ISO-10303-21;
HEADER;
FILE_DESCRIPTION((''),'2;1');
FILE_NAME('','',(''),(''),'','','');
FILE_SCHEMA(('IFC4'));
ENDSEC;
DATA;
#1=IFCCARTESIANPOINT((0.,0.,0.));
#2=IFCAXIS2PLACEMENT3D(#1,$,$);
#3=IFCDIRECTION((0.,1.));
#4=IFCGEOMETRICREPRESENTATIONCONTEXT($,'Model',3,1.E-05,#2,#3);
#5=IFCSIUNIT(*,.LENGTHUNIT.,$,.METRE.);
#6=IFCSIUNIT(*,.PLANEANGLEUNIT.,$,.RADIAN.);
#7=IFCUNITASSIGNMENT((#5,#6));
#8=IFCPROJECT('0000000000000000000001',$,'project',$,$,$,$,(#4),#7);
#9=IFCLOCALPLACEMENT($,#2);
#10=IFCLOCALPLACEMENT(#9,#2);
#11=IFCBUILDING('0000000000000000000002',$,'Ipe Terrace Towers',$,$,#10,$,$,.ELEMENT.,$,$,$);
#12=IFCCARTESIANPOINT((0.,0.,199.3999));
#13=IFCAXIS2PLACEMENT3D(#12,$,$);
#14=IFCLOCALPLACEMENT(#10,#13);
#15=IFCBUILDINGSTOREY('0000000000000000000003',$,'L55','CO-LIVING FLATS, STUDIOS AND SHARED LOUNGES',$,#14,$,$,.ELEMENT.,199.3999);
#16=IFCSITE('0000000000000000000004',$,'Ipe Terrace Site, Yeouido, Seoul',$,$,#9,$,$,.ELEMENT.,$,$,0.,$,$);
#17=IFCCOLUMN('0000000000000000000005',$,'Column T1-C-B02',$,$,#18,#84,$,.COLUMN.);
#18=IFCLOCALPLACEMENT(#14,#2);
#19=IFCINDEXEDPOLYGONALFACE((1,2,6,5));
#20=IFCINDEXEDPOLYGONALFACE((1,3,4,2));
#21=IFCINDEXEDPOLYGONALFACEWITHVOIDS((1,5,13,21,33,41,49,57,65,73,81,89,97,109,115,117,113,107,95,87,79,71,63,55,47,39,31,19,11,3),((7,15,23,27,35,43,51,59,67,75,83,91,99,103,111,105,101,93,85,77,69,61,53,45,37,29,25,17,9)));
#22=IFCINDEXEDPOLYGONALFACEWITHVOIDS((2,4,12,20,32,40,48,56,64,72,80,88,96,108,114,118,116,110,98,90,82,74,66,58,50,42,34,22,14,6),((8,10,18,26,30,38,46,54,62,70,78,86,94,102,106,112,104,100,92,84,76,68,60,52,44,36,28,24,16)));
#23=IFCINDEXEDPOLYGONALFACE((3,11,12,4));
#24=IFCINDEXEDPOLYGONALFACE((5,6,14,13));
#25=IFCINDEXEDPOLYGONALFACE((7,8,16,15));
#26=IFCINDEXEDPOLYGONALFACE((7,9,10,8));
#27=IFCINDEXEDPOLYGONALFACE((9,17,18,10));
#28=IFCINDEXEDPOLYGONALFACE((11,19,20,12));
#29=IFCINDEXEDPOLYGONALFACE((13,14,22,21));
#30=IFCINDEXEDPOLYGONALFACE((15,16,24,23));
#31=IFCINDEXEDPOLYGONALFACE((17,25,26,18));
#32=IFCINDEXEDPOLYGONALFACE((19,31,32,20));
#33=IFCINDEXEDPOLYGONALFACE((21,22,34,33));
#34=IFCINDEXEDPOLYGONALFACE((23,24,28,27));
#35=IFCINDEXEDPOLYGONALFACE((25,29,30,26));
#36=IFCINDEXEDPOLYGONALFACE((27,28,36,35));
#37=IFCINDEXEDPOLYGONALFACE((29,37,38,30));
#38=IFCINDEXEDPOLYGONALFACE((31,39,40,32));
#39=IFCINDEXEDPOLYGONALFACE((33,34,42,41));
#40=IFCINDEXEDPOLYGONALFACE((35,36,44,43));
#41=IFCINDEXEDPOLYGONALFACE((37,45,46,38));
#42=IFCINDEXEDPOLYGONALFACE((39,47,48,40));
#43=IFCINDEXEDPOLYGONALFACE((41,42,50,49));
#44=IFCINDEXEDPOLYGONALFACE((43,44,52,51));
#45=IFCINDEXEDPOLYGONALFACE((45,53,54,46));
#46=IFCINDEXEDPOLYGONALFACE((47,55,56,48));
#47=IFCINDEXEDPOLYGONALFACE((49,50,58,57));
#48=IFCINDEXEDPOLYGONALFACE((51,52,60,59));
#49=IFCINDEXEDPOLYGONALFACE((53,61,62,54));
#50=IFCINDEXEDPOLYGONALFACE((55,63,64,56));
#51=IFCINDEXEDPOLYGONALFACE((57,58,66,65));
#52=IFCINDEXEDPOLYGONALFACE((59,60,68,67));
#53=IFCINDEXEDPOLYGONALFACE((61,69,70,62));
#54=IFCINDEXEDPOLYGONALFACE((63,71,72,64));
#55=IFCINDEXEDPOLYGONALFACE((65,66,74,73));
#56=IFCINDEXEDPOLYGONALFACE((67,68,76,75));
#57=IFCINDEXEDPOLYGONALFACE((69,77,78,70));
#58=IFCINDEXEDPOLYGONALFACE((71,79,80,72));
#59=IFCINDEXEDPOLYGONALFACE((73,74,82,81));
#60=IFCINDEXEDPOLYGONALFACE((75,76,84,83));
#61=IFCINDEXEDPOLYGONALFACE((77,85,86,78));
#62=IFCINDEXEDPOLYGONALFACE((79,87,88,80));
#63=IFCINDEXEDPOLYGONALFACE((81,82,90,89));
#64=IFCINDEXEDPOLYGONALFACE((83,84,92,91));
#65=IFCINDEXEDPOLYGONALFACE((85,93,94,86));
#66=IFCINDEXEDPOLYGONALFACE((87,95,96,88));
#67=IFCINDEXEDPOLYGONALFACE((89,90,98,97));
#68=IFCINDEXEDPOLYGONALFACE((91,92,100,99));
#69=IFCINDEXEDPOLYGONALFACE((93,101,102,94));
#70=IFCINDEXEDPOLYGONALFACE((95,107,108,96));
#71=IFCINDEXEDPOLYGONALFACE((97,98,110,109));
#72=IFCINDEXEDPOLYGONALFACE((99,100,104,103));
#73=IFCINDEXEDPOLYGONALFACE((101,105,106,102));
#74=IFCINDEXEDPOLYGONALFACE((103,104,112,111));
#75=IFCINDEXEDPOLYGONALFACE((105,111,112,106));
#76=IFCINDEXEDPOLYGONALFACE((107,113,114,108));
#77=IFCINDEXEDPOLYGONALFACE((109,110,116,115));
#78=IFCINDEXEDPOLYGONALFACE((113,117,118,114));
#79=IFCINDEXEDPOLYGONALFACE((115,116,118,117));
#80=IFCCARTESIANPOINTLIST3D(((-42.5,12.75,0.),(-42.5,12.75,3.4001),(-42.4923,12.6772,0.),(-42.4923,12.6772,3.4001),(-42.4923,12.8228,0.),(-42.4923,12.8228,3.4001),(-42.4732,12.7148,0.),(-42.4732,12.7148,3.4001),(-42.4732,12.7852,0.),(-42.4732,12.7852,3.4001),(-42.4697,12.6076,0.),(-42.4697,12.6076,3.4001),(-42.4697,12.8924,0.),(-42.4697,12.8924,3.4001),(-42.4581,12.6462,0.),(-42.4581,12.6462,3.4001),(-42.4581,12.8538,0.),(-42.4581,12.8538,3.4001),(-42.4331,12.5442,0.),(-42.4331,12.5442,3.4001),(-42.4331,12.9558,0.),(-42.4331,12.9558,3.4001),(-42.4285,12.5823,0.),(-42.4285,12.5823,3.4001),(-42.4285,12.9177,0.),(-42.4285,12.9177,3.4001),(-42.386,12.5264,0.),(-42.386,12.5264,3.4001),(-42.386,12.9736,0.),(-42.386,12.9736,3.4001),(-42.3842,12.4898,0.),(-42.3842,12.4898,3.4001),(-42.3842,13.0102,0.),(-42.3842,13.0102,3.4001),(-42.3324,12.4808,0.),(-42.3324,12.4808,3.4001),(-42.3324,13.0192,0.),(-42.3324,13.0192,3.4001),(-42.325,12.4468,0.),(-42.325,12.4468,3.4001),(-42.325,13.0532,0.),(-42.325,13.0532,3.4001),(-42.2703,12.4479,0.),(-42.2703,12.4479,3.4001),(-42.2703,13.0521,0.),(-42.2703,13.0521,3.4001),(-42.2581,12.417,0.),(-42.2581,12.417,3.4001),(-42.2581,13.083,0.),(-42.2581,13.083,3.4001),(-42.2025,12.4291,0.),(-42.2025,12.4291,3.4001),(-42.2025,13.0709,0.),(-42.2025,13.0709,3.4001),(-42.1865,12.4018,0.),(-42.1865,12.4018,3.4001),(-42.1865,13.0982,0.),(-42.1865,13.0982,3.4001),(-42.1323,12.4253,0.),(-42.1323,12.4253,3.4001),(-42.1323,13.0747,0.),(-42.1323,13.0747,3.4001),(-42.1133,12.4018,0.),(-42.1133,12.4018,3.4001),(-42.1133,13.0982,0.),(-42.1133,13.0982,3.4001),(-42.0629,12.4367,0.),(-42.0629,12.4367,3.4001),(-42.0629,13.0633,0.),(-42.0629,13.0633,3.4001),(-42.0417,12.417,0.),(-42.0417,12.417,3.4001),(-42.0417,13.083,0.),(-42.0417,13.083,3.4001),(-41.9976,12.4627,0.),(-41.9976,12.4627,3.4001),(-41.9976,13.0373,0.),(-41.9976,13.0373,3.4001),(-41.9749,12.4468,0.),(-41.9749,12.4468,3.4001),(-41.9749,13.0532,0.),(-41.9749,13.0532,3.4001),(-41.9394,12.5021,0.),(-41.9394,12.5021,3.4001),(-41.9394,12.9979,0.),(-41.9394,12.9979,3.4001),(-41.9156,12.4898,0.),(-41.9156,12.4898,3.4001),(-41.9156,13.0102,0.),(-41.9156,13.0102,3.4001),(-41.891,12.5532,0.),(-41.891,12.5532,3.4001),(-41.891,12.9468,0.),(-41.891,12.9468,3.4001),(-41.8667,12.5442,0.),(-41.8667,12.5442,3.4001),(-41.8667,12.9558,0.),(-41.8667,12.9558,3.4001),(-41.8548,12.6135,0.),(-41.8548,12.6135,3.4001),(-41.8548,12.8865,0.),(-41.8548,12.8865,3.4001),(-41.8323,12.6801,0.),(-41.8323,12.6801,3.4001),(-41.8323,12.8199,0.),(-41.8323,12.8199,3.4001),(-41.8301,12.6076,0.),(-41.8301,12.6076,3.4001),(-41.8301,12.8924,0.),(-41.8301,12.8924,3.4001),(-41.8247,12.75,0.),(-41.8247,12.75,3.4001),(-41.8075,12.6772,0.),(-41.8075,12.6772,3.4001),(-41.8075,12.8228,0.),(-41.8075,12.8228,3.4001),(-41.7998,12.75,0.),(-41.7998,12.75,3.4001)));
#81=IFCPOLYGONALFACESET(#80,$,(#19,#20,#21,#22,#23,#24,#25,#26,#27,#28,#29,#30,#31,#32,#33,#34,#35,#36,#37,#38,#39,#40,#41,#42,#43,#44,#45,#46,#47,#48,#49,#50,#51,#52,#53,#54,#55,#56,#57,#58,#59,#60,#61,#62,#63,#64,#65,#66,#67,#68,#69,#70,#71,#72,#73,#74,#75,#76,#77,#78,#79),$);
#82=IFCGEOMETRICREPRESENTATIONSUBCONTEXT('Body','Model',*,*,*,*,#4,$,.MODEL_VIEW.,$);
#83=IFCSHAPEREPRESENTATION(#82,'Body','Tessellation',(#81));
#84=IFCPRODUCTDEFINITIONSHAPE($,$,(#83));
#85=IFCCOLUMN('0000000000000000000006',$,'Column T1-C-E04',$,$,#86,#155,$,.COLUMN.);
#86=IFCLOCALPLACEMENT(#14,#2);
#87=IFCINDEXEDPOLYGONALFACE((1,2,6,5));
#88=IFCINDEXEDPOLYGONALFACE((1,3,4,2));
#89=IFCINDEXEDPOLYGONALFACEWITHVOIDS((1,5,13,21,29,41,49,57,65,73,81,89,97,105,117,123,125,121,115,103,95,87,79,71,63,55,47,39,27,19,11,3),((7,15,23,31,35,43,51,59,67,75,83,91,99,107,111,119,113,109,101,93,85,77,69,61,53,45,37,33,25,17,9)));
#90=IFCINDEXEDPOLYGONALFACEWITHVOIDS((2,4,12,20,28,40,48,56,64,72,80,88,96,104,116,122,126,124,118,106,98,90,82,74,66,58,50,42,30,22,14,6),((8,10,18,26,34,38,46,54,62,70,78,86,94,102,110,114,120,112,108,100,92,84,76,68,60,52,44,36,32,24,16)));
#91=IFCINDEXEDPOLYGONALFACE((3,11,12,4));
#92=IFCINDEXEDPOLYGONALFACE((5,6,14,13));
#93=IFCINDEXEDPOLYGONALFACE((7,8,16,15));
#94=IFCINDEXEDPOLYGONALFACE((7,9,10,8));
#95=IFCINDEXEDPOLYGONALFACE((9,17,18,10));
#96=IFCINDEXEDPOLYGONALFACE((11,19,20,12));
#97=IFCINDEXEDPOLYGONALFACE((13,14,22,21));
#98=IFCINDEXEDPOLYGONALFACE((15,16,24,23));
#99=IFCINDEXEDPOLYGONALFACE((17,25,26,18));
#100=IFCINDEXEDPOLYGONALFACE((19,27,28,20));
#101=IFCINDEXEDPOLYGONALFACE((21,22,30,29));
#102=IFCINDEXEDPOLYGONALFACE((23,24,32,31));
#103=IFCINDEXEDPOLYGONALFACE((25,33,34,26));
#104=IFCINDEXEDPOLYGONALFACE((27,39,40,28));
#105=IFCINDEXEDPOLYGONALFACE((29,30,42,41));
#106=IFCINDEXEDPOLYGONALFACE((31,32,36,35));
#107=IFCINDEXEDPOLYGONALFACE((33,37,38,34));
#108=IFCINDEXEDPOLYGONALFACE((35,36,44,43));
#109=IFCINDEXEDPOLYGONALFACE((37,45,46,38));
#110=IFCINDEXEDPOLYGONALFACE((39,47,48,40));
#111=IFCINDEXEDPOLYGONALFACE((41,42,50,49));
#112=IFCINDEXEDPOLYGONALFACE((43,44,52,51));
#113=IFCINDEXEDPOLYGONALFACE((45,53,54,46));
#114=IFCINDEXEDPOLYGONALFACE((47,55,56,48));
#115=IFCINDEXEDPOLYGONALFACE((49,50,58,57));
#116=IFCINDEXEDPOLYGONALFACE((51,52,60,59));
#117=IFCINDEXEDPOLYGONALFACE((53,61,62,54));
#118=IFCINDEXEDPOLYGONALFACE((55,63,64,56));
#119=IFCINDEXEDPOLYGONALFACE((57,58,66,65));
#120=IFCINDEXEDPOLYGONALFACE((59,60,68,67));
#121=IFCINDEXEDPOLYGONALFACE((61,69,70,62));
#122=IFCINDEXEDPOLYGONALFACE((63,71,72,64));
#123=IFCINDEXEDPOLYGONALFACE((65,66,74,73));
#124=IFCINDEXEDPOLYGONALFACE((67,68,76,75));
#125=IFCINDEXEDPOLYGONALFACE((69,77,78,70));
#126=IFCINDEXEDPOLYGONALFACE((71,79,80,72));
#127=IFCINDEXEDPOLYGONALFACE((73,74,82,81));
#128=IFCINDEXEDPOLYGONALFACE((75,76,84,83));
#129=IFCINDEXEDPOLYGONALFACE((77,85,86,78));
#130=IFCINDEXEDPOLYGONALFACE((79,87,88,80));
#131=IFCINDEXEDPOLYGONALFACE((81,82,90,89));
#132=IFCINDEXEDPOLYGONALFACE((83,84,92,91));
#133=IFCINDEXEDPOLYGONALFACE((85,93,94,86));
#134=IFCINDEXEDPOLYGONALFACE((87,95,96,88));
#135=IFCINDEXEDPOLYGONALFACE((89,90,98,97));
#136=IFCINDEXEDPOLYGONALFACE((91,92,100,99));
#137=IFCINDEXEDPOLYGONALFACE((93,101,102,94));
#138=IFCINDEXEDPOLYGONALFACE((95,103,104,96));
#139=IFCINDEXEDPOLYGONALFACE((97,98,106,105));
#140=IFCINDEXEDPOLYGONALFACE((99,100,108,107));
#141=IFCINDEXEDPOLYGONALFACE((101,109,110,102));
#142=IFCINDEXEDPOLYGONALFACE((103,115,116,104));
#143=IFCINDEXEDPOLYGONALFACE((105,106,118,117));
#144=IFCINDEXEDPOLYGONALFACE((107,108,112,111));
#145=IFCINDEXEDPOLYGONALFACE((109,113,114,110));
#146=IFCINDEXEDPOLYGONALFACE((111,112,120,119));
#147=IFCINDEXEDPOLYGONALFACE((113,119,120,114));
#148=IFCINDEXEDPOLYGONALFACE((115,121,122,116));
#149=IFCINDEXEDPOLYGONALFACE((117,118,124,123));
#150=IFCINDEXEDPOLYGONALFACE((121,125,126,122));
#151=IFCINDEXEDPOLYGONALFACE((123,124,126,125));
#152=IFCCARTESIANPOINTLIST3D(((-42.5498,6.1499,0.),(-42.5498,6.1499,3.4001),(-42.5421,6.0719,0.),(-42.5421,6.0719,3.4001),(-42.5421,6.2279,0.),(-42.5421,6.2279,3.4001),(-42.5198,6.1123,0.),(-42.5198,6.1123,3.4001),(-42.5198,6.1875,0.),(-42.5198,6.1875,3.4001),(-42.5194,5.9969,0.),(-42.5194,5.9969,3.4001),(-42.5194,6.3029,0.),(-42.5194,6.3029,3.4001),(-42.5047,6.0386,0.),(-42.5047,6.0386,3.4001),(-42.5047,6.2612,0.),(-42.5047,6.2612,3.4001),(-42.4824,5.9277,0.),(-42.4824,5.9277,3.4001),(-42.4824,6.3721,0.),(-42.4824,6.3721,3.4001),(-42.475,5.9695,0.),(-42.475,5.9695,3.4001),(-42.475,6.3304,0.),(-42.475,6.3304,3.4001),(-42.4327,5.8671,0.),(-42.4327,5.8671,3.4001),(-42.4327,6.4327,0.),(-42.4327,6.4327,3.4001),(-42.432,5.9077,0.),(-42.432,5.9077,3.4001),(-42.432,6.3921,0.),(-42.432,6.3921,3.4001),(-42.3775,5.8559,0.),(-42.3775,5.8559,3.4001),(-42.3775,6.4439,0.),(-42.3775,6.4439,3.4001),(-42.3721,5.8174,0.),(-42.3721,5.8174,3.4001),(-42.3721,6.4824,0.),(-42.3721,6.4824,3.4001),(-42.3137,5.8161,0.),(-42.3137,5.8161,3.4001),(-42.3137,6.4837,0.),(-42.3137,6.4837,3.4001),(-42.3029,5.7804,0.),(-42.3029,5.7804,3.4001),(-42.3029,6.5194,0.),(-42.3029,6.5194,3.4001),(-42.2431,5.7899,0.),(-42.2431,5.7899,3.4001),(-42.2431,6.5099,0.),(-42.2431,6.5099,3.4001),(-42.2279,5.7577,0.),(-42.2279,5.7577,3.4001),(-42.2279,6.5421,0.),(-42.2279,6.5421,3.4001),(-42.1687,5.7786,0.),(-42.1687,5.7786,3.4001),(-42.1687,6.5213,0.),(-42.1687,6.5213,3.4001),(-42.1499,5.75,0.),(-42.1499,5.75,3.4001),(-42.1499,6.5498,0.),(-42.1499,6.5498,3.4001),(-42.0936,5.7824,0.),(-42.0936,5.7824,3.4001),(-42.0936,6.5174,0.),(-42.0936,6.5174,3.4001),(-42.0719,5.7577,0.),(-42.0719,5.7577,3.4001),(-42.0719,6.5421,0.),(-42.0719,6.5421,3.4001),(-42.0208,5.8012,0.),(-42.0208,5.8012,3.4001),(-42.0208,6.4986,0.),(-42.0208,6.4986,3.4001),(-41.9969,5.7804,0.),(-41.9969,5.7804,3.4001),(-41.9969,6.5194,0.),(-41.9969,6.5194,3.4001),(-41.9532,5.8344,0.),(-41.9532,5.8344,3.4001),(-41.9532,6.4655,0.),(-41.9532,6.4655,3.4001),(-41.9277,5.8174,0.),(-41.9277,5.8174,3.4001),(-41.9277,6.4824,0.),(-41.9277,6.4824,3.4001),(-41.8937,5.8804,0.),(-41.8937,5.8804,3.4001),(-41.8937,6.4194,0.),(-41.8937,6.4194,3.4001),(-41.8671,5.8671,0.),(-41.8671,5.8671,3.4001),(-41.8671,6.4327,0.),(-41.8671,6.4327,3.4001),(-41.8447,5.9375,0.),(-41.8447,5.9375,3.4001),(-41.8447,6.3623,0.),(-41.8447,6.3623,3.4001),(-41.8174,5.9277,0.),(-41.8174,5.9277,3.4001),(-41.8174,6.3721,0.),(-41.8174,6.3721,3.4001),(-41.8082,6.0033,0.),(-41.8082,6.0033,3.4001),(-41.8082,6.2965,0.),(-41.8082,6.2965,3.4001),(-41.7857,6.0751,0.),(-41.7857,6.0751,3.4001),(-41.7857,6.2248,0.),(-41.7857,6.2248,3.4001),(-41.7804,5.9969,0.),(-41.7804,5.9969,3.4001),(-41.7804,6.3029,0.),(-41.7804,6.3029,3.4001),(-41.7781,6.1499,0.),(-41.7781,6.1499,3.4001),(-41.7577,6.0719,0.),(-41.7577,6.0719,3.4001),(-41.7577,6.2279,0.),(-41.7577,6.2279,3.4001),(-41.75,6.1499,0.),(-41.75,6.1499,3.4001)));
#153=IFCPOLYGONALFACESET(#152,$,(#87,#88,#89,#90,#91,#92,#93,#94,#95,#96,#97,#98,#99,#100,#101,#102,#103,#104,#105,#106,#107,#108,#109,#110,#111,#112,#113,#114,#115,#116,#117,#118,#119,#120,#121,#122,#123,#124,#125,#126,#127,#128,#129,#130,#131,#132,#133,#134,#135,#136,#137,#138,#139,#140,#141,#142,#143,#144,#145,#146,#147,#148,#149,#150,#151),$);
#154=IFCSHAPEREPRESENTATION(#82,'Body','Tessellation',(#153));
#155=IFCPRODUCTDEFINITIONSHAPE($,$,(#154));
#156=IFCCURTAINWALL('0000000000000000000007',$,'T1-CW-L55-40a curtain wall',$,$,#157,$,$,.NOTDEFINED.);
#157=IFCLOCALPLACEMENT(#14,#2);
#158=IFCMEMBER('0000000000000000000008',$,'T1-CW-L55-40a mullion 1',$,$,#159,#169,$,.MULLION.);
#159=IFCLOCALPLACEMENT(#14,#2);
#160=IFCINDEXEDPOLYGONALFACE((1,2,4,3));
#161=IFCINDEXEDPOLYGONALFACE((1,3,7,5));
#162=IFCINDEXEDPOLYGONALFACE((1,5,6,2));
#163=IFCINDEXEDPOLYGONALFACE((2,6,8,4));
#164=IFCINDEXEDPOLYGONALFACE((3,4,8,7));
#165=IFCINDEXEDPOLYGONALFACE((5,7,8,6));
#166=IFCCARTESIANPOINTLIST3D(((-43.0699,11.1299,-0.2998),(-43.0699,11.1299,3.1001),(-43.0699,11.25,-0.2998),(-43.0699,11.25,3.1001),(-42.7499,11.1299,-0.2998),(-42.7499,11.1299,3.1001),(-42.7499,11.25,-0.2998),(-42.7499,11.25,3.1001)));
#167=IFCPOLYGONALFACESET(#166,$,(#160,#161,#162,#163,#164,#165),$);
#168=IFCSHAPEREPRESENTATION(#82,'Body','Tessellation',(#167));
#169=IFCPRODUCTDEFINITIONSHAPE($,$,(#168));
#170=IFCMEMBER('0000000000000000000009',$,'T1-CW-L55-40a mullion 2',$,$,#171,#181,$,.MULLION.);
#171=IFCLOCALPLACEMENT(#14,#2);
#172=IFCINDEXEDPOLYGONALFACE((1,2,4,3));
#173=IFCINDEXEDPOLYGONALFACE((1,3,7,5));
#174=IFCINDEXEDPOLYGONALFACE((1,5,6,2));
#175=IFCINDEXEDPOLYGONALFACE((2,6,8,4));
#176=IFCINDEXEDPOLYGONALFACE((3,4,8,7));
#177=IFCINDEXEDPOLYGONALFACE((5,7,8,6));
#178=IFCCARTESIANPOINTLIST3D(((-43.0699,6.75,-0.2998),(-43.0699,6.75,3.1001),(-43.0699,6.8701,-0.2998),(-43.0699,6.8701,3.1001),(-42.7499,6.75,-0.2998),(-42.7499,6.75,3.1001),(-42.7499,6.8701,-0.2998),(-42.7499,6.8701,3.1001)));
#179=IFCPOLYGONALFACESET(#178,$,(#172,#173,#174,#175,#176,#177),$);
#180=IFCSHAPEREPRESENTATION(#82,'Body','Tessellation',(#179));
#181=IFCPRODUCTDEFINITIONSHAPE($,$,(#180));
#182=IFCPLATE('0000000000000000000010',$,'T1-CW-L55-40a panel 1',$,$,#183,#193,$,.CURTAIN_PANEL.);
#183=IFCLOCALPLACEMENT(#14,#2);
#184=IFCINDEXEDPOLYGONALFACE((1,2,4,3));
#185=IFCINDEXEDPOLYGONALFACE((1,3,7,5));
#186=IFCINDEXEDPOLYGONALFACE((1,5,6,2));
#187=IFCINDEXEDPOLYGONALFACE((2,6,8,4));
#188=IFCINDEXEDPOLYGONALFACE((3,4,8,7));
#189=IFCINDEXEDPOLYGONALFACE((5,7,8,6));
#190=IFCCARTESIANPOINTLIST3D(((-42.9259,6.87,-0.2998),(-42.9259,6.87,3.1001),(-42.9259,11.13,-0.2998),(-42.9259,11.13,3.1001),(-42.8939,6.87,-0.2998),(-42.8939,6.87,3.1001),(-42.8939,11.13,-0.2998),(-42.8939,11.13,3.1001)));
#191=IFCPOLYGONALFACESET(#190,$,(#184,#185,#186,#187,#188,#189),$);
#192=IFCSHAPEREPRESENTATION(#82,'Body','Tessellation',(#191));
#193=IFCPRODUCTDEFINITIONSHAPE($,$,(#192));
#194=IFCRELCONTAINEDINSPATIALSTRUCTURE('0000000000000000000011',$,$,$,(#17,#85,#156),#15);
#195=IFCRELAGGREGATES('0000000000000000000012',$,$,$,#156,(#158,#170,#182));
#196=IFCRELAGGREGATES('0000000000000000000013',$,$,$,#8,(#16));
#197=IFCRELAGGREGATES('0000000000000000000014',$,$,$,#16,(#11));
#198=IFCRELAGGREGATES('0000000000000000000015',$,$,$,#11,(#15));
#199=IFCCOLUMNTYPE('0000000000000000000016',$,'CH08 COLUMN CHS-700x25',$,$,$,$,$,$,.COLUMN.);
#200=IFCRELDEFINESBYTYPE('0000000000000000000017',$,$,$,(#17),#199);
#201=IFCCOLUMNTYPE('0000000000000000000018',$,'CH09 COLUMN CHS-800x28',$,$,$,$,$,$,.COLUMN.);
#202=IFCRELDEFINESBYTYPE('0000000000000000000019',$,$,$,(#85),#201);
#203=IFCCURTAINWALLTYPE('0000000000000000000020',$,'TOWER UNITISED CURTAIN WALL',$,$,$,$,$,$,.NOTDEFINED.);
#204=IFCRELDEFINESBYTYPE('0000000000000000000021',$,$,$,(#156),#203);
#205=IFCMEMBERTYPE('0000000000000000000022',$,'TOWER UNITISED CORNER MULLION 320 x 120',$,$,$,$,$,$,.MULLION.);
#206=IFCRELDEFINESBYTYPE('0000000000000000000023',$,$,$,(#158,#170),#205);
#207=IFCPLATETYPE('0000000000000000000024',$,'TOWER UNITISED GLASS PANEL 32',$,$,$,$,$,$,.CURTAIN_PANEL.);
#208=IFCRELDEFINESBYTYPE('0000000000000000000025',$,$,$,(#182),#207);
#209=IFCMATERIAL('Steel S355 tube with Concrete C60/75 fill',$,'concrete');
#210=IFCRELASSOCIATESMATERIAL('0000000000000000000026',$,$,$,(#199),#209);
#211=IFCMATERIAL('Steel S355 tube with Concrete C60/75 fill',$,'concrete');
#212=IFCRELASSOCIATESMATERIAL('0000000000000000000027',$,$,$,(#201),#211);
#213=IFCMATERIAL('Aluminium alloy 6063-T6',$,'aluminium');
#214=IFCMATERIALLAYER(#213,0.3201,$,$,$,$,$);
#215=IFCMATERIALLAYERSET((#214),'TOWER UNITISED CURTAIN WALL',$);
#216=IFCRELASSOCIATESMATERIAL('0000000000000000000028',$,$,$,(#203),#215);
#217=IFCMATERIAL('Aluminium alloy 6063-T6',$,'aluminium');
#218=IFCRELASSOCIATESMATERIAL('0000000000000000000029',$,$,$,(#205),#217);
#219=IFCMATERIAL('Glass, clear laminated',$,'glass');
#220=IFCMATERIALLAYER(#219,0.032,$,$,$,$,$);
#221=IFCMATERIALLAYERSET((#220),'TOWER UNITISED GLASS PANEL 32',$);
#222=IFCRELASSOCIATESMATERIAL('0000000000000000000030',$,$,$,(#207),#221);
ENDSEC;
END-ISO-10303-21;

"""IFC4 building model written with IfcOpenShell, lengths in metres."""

from ifc_helpers import new_model, si_unit, direction, frame, origin, origin_2d, place, context, subcontext, project, spatial, rectangle, hollow_circle, extrude, material, layer, layer_set, material_profile, profile_set, type_object, element, aggregate, save


model = new_model("IFC4")

# Units and contexts
model_context = context("Model", 3, precision=1e-05, world=origin(), true_north=direction((0.0, 1.0)))
body_context = subcontext(model_context, "Body", "Model", "MODEL_VIEW")
ifc_project = project(units=[si_unit("LENGTHUNIT", "METRE"), si_unit("PLANEANGLEUNIT", "RADIAN")], contexts=[model_context])

# Site, building, storey
site_placement = place(None, origin())
site = spatial("IfcSite", under=ifc_project, at=site_placement, Name="Ipe Terrace Site, Yeouido, Seoul", CompositionType="ELEMENT", RefElevation=0.0)
building_placement = place(site_placement, origin())
building = spatial("IfcBuilding", under=site, at=building_placement, Name="Ipe Terrace Towers", CompositionType="ELEMENT")
storey_placement = place(building_placement, frame((0.0, 0.0, 199.3999)))
storey = spatial("IfcBuildingStorey", under=building, at=storey_placement, Name="L55", Description="CO-LIVING FLATS, STUDIOS AND SHARED LOUNGES", CompositionType="ELEMENT", Elevation=199.3999)

# Columns
ifc_material_1 = material(Name="Steel S355 tube with Concrete C60/75 fill", Category="concrete")
ifc_material_profile_1 = material_profile(ifc_material_1, hollow_circle(Radius=0.3501, WallThickness=0.0249, at=origin_2d()), Name="CHS-700x25")
ifc_profile_set_1 = profile_set([ifc_material_profile_1], Name="Steel S355 tube with Concrete C60/75 fill")
column_type_1 = type_object("IfcColumnType", Name="CH08 COLUMN CHS-700x25", PredefinedType="COLUMN", material=ifc_profile_set_1)
column_1_placement = place(storey_placement, frame((-42.1499, 12.75, 0.0), z_axis=(0.0, 0.0, 1.0), x_axis=(1.0, 0.0, 0.0)))
element("IfcColumn", 1, at=column_1_placement, inside=storey, type_object=column_type_1, Name="Column T1-C-B02", PredefinedType="COLUMN", context=body_context, shape_type="SweptSolid", body=[
    extrude(hollow_circle(Radius=0.3501, WallThickness=0.0249, at=origin_2d()), origin(), (0.0, 0.0, 1.0), 3.4001),
])
ifc_material_2 = material(Name="Steel S355 tube with Concrete C60/75 fill", Category="concrete")
ifc_material_profile_2 = material_profile(ifc_material_2, hollow_circle(Radius=0.3999, WallThickness=0.0281, at=origin_2d()), Name="CHS-800x28")
ifc_profile_set_2 = profile_set([ifc_material_profile_2], Name="Steel S355 tube with Concrete C60/75 fill")
column_type_2 = type_object("IfcColumnType", Name="CH09 COLUMN CHS-800x28", PredefinedType="COLUMN", material=ifc_profile_set_2)
column_2_placement = place(storey_placement, frame((-42.1499, 6.1499, 0.0), z_axis=(0.0, 0.0, 1.0), x_axis=(1.0, 0.0, 0.0)))
element("IfcColumn", 2, at=column_2_placement, inside=storey, type_object=column_type_2, Name="Column T1-C-E04", PredefinedType="COLUMN", context=body_context, shape_type="SweptSolid", body=[
    extrude(hollow_circle(Radius=0.3999, WallThickness=0.0281, at=origin_2d()), origin(), (0.0, 0.0, 1.0), 3.4001),
])

# Curtain wall, members, plate
ifc_material_3 = material(Name="Aluminium alloy 6063-T6", Category="aluminium")
ifc_layer_1 = layer(ifc_material_3, 0.3201)
ifc_layer_set_1 = layer_set([ifc_layer_1], Name="TOWER UNITISED CURTAIN WALL")
curtain_wall_type = type_object("IfcCurtainWallType", Name="TOWER UNITISED CURTAIN WALL", PredefinedType="NOTDEFINED", material=ifc_layer_set_1)
curtain_wall_placement = place(storey_placement, origin())
curtain_wall = element("IfcCurtainWall", 3, at=curtain_wall_placement, inside=storey, type_object=curtain_wall_type, Name="T1-CW-L55-40a curtain wall", PredefinedType="NOTDEFINED")
ifc_material_4 = material(Name="Aluminium alloy 6063-T6", Category="aluminium")
ifc_material_profile_3 = material_profile(ifc_material_4, rectangle(XDim=0.3201, YDim=0.1201, at=origin_2d()), Name="TOWER UNITISED CORNER MULLION 320 x 120")
ifc_profile_set_3 = profile_set([ifc_material_profile_3], Name="Aluminium alloy 6063-T6")
member_type = type_object("IfcMemberType", Name="TOWER UNITISED CORNER MULLION 320 x 120", PredefinedType="MULLION", material=ifc_profile_set_3)
member_1_placement = place(storey_placement, frame((-42.9099, 11.1899, -0.2998), z_axis=(0.0, 0.0, 1.0), x_axis=(-1.0, 0.0, 0.0)))
member_1 = element("IfcMember", 4, at=member_1_placement, type_object=member_type, Name="T1-CW-L55-40a mullion 1", PredefinedType="MULLION", context=body_context, shape_type="SweptSolid", body=[
    extrude(rectangle(XDim=0.3201, YDim=0.1201, at=origin_2d()), origin(), (0.0, 0.0, 1.0), 3.3999),
])
member_2_placement = place(storey_placement, frame((-42.9099, 6.8101, -0.2998), z_axis=(0.0, 0.0, 1.0), x_axis=(-1.0, 0.0, 0.0)))
member_2 = element("IfcMember", 5, at=member_2_placement, type_object=member_type, Name="T1-CW-L55-40a mullion 2", PredefinedType="MULLION", context=body_context, shape_type="SweptSolid", body=[
    extrude(rectangle(XDim=0.3201, YDim=0.1201, at=origin_2d()), origin(), (0.0, 0.0, 1.0), 3.3999),
])
ifc_material_5 = material(Name="Glass, clear laminated", Category="glass")
ifc_layer_2 = layer(ifc_material_5, 0.032)
ifc_layer_set_2 = layer_set([ifc_layer_2], Name="TOWER UNITISED GLASS PANEL 32")
plate_type = type_object("IfcPlateType", Name="TOWER UNITISED GLASS PANEL 32", PredefinedType="CURTAIN_PANEL", material=ifc_layer_set_2)
plate_placement = place(storey_placement, frame((-42.9099, 9.0, -0.2998), z_axis=(0.0, 0.0, 1.0), x_axis=(0.0, -1.0, 0.0)))
plate = element("IfcPlate", 6, at=plate_placement, type_object=plate_type, Name="T1-CW-L55-40a panel 1", PredefinedType="CURTAIN_PANEL", context=body_context, shape_type="SweptSolid", body=[
    extrude(rectangle(XDim=4.26, YDim=0.032, at=origin_2d()), origin(), (0.0, 0.0, 1.0), 3.3999),
])
aggregate(curtain_wall, [member_1, member_2, plate])

save(model, "model.ifc")
